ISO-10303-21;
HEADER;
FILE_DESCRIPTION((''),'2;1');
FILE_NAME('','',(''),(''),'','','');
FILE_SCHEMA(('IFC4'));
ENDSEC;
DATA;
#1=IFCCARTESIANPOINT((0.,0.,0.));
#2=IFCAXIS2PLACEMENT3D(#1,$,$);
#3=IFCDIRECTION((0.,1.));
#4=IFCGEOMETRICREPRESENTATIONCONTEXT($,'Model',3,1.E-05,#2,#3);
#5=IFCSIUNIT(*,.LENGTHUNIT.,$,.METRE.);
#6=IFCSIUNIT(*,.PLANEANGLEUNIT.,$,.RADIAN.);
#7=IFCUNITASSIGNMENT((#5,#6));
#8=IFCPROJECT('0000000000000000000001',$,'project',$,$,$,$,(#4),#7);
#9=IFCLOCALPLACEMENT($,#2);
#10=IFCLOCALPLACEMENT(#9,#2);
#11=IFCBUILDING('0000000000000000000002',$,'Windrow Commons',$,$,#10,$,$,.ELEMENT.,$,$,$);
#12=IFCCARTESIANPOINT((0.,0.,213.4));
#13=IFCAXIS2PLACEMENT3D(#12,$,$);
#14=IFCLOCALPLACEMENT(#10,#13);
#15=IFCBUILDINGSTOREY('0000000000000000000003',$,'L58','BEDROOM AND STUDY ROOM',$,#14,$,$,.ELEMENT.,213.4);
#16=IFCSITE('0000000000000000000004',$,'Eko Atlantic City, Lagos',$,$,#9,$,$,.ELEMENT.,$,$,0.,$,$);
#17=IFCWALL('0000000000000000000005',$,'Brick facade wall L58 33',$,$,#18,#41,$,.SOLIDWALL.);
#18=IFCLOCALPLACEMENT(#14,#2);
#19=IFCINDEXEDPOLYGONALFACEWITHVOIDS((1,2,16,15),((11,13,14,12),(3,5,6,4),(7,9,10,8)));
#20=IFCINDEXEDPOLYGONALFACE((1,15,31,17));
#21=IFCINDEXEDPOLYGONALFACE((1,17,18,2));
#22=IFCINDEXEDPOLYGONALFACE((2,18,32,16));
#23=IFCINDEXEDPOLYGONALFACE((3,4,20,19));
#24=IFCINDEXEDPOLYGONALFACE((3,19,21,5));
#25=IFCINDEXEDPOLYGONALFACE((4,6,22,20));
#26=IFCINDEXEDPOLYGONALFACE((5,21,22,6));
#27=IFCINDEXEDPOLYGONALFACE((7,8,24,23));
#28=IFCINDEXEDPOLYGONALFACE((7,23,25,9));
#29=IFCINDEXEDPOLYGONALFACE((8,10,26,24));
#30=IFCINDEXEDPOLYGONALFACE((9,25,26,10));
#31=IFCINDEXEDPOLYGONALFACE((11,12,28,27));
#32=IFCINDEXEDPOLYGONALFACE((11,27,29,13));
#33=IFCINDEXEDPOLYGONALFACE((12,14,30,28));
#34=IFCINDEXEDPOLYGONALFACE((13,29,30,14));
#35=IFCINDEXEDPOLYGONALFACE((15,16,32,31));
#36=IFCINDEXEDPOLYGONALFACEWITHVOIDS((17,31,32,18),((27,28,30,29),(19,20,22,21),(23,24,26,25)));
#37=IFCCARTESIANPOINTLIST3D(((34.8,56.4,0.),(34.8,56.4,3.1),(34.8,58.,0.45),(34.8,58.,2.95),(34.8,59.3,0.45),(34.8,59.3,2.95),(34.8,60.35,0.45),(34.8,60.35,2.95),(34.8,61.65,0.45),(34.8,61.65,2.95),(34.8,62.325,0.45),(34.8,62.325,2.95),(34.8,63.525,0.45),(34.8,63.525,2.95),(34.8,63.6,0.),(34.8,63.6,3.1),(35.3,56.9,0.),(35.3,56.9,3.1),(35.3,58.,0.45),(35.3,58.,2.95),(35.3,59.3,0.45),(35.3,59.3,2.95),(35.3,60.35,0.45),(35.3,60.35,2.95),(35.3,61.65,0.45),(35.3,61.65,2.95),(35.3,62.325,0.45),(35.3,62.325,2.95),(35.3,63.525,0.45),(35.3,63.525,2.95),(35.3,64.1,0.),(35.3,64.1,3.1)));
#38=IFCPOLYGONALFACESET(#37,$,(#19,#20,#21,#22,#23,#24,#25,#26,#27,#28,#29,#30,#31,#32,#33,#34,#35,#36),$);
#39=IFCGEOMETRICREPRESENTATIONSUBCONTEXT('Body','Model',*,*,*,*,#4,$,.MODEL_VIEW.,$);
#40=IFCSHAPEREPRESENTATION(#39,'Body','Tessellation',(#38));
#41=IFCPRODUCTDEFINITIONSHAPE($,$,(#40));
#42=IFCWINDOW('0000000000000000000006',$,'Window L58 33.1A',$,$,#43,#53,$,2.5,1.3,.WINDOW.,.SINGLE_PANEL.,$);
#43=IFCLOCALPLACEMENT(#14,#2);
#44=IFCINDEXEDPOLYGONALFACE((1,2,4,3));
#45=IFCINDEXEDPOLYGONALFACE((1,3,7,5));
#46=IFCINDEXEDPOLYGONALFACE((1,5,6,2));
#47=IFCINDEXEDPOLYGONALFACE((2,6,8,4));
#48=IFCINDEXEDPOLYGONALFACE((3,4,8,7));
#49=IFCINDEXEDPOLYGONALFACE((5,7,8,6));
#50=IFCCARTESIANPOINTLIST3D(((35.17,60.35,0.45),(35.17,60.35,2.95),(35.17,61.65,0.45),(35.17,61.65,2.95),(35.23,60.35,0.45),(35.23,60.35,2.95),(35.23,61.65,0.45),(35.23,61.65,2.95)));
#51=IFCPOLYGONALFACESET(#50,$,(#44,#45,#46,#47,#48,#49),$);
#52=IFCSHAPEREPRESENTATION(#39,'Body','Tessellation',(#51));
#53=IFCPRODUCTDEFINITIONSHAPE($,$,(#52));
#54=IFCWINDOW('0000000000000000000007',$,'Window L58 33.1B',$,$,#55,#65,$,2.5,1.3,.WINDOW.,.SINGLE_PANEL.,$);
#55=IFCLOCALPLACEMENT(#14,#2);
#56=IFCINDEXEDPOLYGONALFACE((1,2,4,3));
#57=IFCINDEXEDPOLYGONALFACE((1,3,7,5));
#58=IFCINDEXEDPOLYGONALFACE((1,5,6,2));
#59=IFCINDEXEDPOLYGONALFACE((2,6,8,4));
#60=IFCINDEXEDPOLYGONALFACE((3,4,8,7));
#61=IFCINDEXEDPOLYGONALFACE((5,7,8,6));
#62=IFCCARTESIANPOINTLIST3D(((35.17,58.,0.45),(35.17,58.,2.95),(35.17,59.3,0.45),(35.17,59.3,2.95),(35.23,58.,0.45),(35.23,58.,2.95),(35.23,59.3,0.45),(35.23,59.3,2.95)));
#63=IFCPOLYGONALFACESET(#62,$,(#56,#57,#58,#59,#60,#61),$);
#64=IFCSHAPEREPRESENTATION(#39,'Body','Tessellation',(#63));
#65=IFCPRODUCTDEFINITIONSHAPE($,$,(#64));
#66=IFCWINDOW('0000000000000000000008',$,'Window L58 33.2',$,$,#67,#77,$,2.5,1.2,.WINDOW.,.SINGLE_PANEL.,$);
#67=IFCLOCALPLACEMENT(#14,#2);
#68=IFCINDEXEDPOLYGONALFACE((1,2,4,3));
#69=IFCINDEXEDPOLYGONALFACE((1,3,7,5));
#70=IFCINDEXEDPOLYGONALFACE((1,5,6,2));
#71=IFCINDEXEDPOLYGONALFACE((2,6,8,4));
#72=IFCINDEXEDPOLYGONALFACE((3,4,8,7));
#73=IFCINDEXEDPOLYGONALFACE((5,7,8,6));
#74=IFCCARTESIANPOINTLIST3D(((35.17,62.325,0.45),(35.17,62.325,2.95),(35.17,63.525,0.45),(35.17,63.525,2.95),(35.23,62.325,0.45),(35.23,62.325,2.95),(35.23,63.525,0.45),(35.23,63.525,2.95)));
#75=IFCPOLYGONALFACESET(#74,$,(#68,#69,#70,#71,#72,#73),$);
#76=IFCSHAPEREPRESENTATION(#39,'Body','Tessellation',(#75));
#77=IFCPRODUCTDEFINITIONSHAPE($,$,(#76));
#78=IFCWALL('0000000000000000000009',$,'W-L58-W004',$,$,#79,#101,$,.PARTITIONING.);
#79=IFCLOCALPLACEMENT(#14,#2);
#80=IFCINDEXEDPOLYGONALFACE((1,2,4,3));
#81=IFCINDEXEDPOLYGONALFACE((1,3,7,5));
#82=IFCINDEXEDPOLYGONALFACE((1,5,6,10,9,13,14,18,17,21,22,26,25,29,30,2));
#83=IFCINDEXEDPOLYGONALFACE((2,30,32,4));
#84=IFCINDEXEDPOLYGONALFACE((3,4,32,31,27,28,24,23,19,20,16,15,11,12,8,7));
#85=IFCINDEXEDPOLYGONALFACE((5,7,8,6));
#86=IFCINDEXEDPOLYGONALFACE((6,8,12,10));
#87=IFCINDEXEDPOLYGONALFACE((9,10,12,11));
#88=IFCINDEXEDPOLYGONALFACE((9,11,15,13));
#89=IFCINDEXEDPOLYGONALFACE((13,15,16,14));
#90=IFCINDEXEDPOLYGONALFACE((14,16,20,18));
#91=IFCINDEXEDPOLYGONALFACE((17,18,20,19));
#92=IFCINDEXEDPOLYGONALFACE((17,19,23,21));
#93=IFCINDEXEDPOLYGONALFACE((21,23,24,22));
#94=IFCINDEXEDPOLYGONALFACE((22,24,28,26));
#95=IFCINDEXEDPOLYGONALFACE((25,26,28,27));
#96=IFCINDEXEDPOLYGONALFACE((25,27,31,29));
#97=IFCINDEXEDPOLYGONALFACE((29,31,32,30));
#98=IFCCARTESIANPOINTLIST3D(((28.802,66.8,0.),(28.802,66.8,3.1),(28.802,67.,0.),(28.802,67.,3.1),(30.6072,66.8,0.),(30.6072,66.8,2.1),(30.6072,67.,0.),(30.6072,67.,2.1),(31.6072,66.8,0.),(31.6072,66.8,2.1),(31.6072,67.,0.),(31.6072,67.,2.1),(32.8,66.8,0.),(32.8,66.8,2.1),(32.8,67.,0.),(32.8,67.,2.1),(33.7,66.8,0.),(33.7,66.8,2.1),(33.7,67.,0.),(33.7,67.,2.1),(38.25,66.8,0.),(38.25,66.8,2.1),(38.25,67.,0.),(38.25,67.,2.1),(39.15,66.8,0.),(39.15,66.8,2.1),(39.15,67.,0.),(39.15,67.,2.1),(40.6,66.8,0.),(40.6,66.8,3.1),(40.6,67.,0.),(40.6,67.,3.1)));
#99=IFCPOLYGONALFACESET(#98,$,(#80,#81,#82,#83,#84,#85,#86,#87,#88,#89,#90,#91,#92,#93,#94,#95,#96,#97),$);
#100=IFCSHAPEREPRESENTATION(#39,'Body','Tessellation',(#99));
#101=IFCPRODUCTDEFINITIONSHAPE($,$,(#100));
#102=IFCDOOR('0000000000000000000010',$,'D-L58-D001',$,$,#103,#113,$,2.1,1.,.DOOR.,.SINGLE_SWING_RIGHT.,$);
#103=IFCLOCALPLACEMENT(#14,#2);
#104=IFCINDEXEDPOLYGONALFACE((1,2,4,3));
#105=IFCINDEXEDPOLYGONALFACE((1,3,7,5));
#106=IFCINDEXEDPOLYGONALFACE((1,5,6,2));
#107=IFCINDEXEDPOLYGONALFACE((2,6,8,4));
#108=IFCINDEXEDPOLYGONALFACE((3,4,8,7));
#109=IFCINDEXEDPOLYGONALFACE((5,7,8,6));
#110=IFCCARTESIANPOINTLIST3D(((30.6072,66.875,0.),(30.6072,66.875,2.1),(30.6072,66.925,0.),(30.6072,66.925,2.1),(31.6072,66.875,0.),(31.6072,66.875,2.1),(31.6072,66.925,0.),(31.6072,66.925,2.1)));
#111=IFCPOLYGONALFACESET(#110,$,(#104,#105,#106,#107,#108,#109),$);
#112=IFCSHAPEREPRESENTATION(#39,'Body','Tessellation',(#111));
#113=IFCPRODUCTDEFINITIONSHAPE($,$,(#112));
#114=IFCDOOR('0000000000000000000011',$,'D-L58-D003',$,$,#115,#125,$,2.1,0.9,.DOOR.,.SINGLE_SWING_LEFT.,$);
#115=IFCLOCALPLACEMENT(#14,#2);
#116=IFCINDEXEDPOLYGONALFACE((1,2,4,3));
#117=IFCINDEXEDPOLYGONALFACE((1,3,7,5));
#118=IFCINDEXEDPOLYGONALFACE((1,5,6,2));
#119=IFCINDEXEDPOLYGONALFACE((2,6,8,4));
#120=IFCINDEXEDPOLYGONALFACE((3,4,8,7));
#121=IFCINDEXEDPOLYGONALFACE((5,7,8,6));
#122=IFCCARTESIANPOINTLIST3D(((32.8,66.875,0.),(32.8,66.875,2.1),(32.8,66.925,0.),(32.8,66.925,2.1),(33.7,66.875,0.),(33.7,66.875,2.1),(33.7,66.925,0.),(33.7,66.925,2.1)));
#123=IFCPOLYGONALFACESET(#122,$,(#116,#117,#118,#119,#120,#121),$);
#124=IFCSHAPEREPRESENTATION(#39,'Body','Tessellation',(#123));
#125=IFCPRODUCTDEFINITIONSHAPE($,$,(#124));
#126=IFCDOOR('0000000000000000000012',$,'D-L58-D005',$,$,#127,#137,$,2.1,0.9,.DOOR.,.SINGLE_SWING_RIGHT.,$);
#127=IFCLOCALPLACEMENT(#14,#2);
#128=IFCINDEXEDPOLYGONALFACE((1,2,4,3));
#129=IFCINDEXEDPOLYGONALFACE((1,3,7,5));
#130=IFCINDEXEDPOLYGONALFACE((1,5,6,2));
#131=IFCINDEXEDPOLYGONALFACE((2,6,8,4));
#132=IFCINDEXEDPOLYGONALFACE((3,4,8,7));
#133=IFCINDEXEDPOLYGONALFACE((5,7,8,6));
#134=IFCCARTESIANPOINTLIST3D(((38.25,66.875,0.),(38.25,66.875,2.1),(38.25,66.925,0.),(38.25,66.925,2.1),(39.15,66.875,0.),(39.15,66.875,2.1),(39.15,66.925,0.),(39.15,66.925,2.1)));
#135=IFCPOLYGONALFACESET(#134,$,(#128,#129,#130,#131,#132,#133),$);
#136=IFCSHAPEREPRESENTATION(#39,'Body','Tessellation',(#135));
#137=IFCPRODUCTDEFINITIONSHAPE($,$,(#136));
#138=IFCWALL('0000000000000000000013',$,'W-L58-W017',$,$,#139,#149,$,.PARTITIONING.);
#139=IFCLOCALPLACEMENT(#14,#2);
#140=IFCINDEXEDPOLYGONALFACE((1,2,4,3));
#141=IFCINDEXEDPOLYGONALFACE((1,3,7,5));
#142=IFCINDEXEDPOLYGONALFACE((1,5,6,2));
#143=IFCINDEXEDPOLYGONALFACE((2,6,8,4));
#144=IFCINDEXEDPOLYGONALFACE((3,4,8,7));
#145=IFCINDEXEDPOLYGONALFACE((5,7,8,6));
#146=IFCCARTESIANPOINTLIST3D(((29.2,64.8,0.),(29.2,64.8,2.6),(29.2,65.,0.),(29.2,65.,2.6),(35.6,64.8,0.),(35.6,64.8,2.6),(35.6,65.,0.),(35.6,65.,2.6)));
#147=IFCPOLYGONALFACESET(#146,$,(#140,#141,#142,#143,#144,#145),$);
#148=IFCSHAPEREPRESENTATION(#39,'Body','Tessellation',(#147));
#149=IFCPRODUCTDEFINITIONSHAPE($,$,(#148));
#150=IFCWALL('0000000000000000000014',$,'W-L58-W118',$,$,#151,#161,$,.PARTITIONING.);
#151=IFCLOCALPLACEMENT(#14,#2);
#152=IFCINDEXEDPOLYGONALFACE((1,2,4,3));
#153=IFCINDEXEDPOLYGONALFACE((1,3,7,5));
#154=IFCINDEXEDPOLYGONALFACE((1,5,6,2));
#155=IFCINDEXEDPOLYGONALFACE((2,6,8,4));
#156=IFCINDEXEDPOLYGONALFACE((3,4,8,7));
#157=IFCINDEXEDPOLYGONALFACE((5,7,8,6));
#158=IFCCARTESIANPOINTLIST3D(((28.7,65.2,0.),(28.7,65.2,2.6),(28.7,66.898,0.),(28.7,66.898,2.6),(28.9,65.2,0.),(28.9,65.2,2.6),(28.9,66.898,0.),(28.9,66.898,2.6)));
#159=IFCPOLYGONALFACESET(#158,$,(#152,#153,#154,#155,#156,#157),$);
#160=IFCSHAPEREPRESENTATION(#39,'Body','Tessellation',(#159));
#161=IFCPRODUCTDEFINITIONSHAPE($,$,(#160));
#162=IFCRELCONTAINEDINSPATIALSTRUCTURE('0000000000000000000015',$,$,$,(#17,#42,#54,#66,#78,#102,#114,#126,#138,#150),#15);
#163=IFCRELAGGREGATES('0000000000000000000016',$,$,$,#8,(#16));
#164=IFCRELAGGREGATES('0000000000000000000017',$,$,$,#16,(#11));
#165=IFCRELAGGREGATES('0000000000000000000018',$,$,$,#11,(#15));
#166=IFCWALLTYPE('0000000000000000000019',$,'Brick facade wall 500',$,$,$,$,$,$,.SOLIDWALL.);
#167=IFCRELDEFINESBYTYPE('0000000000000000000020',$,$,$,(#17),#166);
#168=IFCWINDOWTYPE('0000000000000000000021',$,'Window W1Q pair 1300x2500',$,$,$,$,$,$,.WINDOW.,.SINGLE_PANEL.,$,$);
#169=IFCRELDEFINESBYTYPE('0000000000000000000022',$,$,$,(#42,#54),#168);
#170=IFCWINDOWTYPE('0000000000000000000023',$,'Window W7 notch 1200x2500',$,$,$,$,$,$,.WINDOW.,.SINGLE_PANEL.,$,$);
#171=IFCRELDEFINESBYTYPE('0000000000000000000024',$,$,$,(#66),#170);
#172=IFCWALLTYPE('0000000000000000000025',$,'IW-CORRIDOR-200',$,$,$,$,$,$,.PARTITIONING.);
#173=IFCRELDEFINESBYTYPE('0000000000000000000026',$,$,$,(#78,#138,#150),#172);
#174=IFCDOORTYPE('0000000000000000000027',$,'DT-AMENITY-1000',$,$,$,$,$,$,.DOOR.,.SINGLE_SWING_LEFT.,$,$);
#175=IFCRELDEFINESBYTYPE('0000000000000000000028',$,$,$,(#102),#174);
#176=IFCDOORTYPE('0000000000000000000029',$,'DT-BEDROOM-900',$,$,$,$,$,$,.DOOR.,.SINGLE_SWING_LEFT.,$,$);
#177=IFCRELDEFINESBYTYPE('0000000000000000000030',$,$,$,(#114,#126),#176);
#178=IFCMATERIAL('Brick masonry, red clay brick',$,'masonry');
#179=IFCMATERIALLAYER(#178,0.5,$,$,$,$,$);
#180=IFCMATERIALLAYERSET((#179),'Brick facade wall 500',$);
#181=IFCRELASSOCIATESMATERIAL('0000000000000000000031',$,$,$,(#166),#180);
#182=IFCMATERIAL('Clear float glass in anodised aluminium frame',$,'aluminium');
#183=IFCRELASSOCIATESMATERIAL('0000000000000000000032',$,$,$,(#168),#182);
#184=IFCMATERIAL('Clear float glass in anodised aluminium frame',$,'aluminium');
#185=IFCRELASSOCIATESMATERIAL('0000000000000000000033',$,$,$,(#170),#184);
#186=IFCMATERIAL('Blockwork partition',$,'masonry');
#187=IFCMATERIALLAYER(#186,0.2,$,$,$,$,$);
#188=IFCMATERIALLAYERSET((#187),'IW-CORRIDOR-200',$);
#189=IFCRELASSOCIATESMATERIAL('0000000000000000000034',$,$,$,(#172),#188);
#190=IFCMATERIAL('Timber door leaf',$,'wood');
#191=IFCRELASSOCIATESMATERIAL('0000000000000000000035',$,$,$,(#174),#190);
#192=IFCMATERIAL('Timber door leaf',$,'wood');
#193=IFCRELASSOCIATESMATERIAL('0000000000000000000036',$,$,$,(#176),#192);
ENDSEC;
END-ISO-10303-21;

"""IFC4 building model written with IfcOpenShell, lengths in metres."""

from ifc_helpers import new_model, si_unit, direction, frame, frame_2d, origin, place, context, subcontext, project, spatial, polyline, rectangle, outline, extrude, material, layer, layer_set, type_object, element, fill, save


model = new_model("IFC4")

# Units and contexts
model_context = context("Model", 3, precision=1e-05, world=origin(), true_north=direction((0.0, 1.0)))
body_context = subcontext(model_context, "Body", "Model", "MODEL_VIEW")
ifc_project = project(units=[si_unit("LENGTHUNIT", "METRE"), si_unit("PLANEANGLEUNIT", "RADIAN")], contexts=[model_context])

# Site, building, storey
site_placement = place(None, origin())
site = spatial("IfcSite", under=ifc_project, at=site_placement, Name="Eko Atlantic City, Lagos", CompositionType="ELEMENT", RefElevation=0.0)
building_placement = place(site_placement, origin())
building = spatial("IfcBuilding", under=site, at=building_placement, Name="Windrow Commons", CompositionType="ELEMENT")
storey_placement = place(building_placement, frame((0.0, 0.0, 213.4)))
storey = spatial("IfcBuildingStorey", under=building, at=storey_placement, Name="L58", Description="BEDROOM AND STUDY ROOM", CompositionType="ELEMENT", Elevation=213.4)

# Wall, openings, windows
ifc_material_1 = material(Name="Brick masonry, red clay brick", Category="masonry")
ifc_layer_1 = layer(ifc_material_1, 0.5)
ifc_layer_set_1 = layer_set([ifc_layer_1], Name="Brick facade wall 500")
wall_type_1 = type_object("IfcWallType", Name="Brick facade wall 500", PredefinedType="SOLIDWALL", material=ifc_layer_set_1)
ifc_material_2 = material(Name="Clear float glass in anodised aluminium frame", Category="aluminium")
window_type_1 = type_object("IfcWindowType", Name="Window W1Q pair 1300x2500", PartitioningType="SINGLE_PANEL", PredefinedType="WINDOW", material=ifc_material_2)
ifc_material_3 = material(Name="Clear float glass in anodised aluminium frame", Category="aluminium")
window_type_2 = type_object("IfcWindowType", Name="Window W7 notch 1200x2500", PartitioningType="SINGLE_PANEL", PredefinedType="WINDOW", material=ifc_material_3)
wall_1_placement = place(storey_placement, frame((35.05, 63.85, 0.0), z_axis=(0.0, 0.0, 1.0), x_axis=(0.0, -1.0, 0.0)))
wall_1 = element("IfcWall", 1, at=wall_1_placement, inside=storey, type_object=wall_type_1, Name="Brick facade wall L58 33", PredefinedType="SOLIDWALL", context=body_context, shape_type="SweptSolid", body=[
    extrude(outline(polyline([(0.25, -0.25), (7.45, -0.25), (6.95, 0.25), (-0.25, 0.25), (0.25, -0.25)])), origin(), (0.0, 0.0, 1.0), 3.1),
])
opening_1_placement = place(wall_1_placement, frame((2.2, 0.0, 0.45)))
opening_1 = element("IfcOpeningElement", 2, at=opening_1_placement, cuts=wall_1, PredefinedType="OPENING", context=body_context, shape_type="SweptSolid", body=[
    extrude(rectangle(XDim=1.3, YDim=2.5, at=frame_2d((0.65, 1.25))), frame((0.0, 0.26, 0.0), z_axis=(0.0, -1.0, 0.0), x_axis=(1.0, 0.0, 0.0)), (0.0, 0.0, 1.0), 0.52),
])
opening_2_placement = place(wall_1_placement, frame((4.55, 0.0, 0.45)))
opening_2 = element("IfcOpeningElement", 3, at=opening_2_placement, cuts=wall_1, PredefinedType="OPENING", context=body_context, shape_type="SweptSolid", body=[
    extrude(rectangle(XDim=1.3, YDim=2.5, at=frame_2d((0.65, 1.25))), frame((0.0, 0.26, 0.0), z_axis=(0.0, -1.0, 0.0), x_axis=(1.0, 0.0, 0.0)), (0.0, 0.0, 1.0), 0.52),
])
opening_3_placement = place(wall_1_placement, frame((0.325, 0.0, 0.45)))
opening_3 = element("IfcOpeningElement", 4, at=opening_3_placement, cuts=wall_1, PredefinedType="OPENING", context=body_context, shape_type="SweptSolid", body=[
    extrude(rectangle(XDim=1.2, YDim=2.5, at=frame_2d((0.6, 1.25))), frame((0.0, 0.26, 0.0), z_axis=(0.0, -1.0, 0.0), x_axis=(1.0, 0.0, 0.0)), (0.0, 0.0, 1.0), 0.52),
])
window_1_placement = place(opening_1_placement, origin())
window_1 = element("IfcWindow", 5, at=window_1_placement, inside=storey, type_object=window_type_1, Name="Window L58 33.1A", OverallHeight=2.5, OverallWidth=1.3, PartitioningType="SINGLE_PANEL", PredefinedType="WINDOW", context=body_context, shape_type="SweptSolid", body=[
    extrude(rectangle(XDim=1.3, YDim=2.5, at=frame_2d((0.65, 1.25))), frame((0.0, 0.18, 0.0), z_axis=(0.0, -1.0, 0.0), x_axis=(1.0, 0.0, 0.0)), (0.0, 0.0, 1.0), 0.06),
])
fill(opening_1, window_1)
window_2_placement = place(opening_2_placement, origin())
window_2 = element("IfcWindow", 6, at=window_2_placement, inside=storey, type_object=window_type_1, Name="Window L58 33.1B", OverallHeight=2.5, OverallWidth=1.3, PartitioningType="SINGLE_PANEL", PredefinedType="WINDOW", context=body_context, shape_type="SweptSolid", body=[
    extrude(rectangle(XDim=1.3, YDim=2.5, at=frame_2d((0.65, 1.25))), frame((0.0, 0.18, 0.0), z_axis=(0.0, -1.0, 0.0), x_axis=(1.0, 0.0, 0.0)), (0.0, 0.0, 1.0), 0.06),
])
fill(opening_2, window_2)
window_3_placement = place(opening_3_placement, origin())
window_3 = element("IfcWindow", 7, at=window_3_placement, inside=storey, type_object=window_type_2, Name="Window L58 33.2", OverallHeight=2.5, OverallWidth=1.2, PartitioningType="SINGLE_PANEL", PredefinedType="WINDOW", context=body_context, shape_type="SweptSolid", body=[
    extrude(rectangle(XDim=1.2, YDim=2.5, at=frame_2d((0.6, 1.25))), frame((0.0, 0.18, 0.0), z_axis=(0.0, -1.0, 0.0), x_axis=(1.0, 0.0, 0.0)), (0.0, 0.0, 1.0), 0.06),
])
fill(opening_3, window_3)

# Wall, openings, doors
ifc_material_4 = material(Name="Blockwork partition", Category="masonry")
ifc_layer_2 = layer(ifc_material_4, 0.2)
ifc_layer_set_2 = layer_set([ifc_layer_2], Name="IW-CORRIDOR-200")
wall_type_2 = type_object("IfcWallType", Name="IW-CORRIDOR-200", PredefinedType="PARTITIONING", material=ifc_layer_set_2)
wall_2_placement = place(storey_placement, frame((28.802, 66.9, 0.0), z_axis=(0.0, 0.0, 1.0), x_axis=(1.0, 0.0, 0.0)))
wall_2 = element("IfcWall", 8, at=wall_2_placement, inside=storey, type_object=wall_type_2, Name="W-L58-W004", PredefinedType="PARTITIONING", context=body_context, shape_type="SweptSolid", body=[
    extrude(rectangle(XDim=11.798, YDim=0.2, at=frame_2d((5.899, 0.0))), origin(), (0.0, 0.0, 1.0), 3.1),
])
opening_4_placement = place(wall_2_placement, frame((1.8052, 0.0, 0.0)))
opening_4 = element("IfcOpeningElement", 9, at=opening_4_placement, cuts=wall_2, PredefinedType="OPENING", context=body_context, shape_type="SweptSolid", body=[
    extrude(rectangle(XDim=1.0, YDim=2.1, at=frame_2d((0.5, 1.05))), frame((0.0, 0.11, 0.0), z_axis=(0.0, -1.0, 0.0), x_axis=(1.0, 0.0, 0.0)), (0.0, 0.0, 1.0), 0.22),
])
opening_5_placement = place(wall_2_placement, frame((3.998, 0.0, 0.0)))
opening_5 = element("IfcOpeningElement", 10, at=opening_5_placement, cuts=wall_2, PredefinedType="OPENING", context=body_context, shape_type="SweptSolid", body=[
    extrude(rectangle(XDim=0.9, YDim=2.1, at=frame_2d((0.45, 1.05))), frame((0.0, 0.11, 0.0), z_axis=(0.0, -1.0, 0.0), x_axis=(1.0, 0.0, 0.0)), (0.0, 0.0, 1.0), 0.22),
])
opening_6_placement = place(wall_2_placement, frame((9.448, 0.0, 0.0)))
opening_6 = element("IfcOpeningElement", 11, at=opening_6_placement, cuts=wall_2, PredefinedType="OPENING", context=body_context, shape_type="SweptSolid", body=[
    extrude(rectangle(XDim=0.9, YDim=2.1, at=frame_2d((0.45, 1.05))), frame((0.0, 0.11, 0.0), z_axis=(0.0, -1.0, 0.0), x_axis=(1.0, 0.0, 0.0)), (0.0, 0.0, 1.0), 0.22),
])
ifc_material_5 = material(Name="Timber door leaf", Category="wood")
door_type_1 = type_object("IfcDoorType", Name="DT-AMENITY-1000", OperationType="SINGLE_SWING_LEFT", PredefinedType="DOOR", material=ifc_material_5)
door_1_placement = place(opening_4_placement, origin())
door_1 = element("IfcDoor", 12, at=door_1_placement, inside=storey, type_object=door_type_1, Name="D-L58-D001", OperationType="SINGLE_SWING_RIGHT", OverallHeight=2.1, OverallWidth=1.0, PredefinedType="DOOR", context=body_context, shape_type="SweptSolid", body=[
    extrude(rectangle(XDim=1.0, YDim=2.1, at=frame_2d((0.5, 1.05))), frame((0.0, 0.025, 0.0), z_axis=(0.0, -1.0, 0.0), x_axis=(1.0, 0.0, 0.0)), (0.0, 0.0, 1.0), 0.05),
])
fill(opening_4, door_1)
ifc_material_6 = material(Name="Timber door leaf", Category="wood")
door_type_2 = type_object("IfcDoorType", Name="DT-BEDROOM-900", OperationType="SINGLE_SWING_LEFT", PredefinedType="DOOR", material=ifc_material_6)
door_2_placement = place(opening_5_placement, origin())
door_2 = element("IfcDoor", 13, at=door_2_placement, inside=storey, type_object=door_type_2, Name="D-L58-D003", OperationType="SINGLE_SWING_LEFT", OverallHeight=2.1, OverallWidth=0.9, PredefinedType="DOOR", context=body_context, shape_type="SweptSolid", body=[
    extrude(rectangle(XDim=0.9, YDim=2.1, at=frame_2d((0.45, 1.05))), frame((0.0, 0.025, 0.0), z_axis=(0.0, -1.0, 0.0), x_axis=(1.0, 0.0, 0.0)), (0.0, 0.0, 1.0), 0.05),
])
fill(opening_5, door_2)
door_3_placement = place(opening_6_placement, origin())
door_3 = element("IfcDoor", 14, at=door_3_placement, inside=storey, type_object=door_type_2, Name="D-L58-D005", OperationType="SINGLE_SWING_RIGHT", OverallHeight=2.1, OverallWidth=0.9, PredefinedType="DOOR", context=body_context, shape_type="SweptSolid", body=[
    extrude(rectangle(XDim=0.9, YDim=2.1, at=frame_2d((0.45, 1.05))), frame((0.0, 0.025, 0.0), z_axis=(0.0, -1.0, 0.0), x_axis=(1.0, 0.0, 0.0)), (0.0, 0.0, 1.0), 0.05),
])
fill(opening_6, door_3)

# Walls
wall_3_placement = place(storey_placement, frame((29.2, 64.9, 0.0), z_axis=(0.0, 0.0, 1.0), x_axis=(1.0, 0.0, 0.0)))
element("IfcWall", 15, at=wall_3_placement, inside=storey, type_object=wall_type_2, Name="W-L58-W017", PredefinedType="PARTITIONING", context=body_context, shape_type="SweptSolid", body=[
    extrude(rectangle(XDim=6.4, YDim=0.2, at=frame_2d((3.2, 0.0))), origin(), (0.0, 0.0, 1.0), 2.6),
])
wall_4_placement = place(storey_placement, frame((28.8, 65.2, 0.0), z_axis=(0.0, 0.0, 1.0), x_axis=(0.0, 1.0, 0.0)))
element("IfcWall", 16, at=wall_4_placement, inside=storey, type_object=wall_type_2, Name="W-L58-W118", PredefinedType="PARTITIONING", context=body_context, shape_type="SweptSolid", body=[
    extrude(rectangle(XDim=1.698, YDim=0.2, at=frame_2d((0.849, 0.0))), origin(), (0.0, 0.0, 1.0), 2.6),
])

save(model, "model.ifc")
